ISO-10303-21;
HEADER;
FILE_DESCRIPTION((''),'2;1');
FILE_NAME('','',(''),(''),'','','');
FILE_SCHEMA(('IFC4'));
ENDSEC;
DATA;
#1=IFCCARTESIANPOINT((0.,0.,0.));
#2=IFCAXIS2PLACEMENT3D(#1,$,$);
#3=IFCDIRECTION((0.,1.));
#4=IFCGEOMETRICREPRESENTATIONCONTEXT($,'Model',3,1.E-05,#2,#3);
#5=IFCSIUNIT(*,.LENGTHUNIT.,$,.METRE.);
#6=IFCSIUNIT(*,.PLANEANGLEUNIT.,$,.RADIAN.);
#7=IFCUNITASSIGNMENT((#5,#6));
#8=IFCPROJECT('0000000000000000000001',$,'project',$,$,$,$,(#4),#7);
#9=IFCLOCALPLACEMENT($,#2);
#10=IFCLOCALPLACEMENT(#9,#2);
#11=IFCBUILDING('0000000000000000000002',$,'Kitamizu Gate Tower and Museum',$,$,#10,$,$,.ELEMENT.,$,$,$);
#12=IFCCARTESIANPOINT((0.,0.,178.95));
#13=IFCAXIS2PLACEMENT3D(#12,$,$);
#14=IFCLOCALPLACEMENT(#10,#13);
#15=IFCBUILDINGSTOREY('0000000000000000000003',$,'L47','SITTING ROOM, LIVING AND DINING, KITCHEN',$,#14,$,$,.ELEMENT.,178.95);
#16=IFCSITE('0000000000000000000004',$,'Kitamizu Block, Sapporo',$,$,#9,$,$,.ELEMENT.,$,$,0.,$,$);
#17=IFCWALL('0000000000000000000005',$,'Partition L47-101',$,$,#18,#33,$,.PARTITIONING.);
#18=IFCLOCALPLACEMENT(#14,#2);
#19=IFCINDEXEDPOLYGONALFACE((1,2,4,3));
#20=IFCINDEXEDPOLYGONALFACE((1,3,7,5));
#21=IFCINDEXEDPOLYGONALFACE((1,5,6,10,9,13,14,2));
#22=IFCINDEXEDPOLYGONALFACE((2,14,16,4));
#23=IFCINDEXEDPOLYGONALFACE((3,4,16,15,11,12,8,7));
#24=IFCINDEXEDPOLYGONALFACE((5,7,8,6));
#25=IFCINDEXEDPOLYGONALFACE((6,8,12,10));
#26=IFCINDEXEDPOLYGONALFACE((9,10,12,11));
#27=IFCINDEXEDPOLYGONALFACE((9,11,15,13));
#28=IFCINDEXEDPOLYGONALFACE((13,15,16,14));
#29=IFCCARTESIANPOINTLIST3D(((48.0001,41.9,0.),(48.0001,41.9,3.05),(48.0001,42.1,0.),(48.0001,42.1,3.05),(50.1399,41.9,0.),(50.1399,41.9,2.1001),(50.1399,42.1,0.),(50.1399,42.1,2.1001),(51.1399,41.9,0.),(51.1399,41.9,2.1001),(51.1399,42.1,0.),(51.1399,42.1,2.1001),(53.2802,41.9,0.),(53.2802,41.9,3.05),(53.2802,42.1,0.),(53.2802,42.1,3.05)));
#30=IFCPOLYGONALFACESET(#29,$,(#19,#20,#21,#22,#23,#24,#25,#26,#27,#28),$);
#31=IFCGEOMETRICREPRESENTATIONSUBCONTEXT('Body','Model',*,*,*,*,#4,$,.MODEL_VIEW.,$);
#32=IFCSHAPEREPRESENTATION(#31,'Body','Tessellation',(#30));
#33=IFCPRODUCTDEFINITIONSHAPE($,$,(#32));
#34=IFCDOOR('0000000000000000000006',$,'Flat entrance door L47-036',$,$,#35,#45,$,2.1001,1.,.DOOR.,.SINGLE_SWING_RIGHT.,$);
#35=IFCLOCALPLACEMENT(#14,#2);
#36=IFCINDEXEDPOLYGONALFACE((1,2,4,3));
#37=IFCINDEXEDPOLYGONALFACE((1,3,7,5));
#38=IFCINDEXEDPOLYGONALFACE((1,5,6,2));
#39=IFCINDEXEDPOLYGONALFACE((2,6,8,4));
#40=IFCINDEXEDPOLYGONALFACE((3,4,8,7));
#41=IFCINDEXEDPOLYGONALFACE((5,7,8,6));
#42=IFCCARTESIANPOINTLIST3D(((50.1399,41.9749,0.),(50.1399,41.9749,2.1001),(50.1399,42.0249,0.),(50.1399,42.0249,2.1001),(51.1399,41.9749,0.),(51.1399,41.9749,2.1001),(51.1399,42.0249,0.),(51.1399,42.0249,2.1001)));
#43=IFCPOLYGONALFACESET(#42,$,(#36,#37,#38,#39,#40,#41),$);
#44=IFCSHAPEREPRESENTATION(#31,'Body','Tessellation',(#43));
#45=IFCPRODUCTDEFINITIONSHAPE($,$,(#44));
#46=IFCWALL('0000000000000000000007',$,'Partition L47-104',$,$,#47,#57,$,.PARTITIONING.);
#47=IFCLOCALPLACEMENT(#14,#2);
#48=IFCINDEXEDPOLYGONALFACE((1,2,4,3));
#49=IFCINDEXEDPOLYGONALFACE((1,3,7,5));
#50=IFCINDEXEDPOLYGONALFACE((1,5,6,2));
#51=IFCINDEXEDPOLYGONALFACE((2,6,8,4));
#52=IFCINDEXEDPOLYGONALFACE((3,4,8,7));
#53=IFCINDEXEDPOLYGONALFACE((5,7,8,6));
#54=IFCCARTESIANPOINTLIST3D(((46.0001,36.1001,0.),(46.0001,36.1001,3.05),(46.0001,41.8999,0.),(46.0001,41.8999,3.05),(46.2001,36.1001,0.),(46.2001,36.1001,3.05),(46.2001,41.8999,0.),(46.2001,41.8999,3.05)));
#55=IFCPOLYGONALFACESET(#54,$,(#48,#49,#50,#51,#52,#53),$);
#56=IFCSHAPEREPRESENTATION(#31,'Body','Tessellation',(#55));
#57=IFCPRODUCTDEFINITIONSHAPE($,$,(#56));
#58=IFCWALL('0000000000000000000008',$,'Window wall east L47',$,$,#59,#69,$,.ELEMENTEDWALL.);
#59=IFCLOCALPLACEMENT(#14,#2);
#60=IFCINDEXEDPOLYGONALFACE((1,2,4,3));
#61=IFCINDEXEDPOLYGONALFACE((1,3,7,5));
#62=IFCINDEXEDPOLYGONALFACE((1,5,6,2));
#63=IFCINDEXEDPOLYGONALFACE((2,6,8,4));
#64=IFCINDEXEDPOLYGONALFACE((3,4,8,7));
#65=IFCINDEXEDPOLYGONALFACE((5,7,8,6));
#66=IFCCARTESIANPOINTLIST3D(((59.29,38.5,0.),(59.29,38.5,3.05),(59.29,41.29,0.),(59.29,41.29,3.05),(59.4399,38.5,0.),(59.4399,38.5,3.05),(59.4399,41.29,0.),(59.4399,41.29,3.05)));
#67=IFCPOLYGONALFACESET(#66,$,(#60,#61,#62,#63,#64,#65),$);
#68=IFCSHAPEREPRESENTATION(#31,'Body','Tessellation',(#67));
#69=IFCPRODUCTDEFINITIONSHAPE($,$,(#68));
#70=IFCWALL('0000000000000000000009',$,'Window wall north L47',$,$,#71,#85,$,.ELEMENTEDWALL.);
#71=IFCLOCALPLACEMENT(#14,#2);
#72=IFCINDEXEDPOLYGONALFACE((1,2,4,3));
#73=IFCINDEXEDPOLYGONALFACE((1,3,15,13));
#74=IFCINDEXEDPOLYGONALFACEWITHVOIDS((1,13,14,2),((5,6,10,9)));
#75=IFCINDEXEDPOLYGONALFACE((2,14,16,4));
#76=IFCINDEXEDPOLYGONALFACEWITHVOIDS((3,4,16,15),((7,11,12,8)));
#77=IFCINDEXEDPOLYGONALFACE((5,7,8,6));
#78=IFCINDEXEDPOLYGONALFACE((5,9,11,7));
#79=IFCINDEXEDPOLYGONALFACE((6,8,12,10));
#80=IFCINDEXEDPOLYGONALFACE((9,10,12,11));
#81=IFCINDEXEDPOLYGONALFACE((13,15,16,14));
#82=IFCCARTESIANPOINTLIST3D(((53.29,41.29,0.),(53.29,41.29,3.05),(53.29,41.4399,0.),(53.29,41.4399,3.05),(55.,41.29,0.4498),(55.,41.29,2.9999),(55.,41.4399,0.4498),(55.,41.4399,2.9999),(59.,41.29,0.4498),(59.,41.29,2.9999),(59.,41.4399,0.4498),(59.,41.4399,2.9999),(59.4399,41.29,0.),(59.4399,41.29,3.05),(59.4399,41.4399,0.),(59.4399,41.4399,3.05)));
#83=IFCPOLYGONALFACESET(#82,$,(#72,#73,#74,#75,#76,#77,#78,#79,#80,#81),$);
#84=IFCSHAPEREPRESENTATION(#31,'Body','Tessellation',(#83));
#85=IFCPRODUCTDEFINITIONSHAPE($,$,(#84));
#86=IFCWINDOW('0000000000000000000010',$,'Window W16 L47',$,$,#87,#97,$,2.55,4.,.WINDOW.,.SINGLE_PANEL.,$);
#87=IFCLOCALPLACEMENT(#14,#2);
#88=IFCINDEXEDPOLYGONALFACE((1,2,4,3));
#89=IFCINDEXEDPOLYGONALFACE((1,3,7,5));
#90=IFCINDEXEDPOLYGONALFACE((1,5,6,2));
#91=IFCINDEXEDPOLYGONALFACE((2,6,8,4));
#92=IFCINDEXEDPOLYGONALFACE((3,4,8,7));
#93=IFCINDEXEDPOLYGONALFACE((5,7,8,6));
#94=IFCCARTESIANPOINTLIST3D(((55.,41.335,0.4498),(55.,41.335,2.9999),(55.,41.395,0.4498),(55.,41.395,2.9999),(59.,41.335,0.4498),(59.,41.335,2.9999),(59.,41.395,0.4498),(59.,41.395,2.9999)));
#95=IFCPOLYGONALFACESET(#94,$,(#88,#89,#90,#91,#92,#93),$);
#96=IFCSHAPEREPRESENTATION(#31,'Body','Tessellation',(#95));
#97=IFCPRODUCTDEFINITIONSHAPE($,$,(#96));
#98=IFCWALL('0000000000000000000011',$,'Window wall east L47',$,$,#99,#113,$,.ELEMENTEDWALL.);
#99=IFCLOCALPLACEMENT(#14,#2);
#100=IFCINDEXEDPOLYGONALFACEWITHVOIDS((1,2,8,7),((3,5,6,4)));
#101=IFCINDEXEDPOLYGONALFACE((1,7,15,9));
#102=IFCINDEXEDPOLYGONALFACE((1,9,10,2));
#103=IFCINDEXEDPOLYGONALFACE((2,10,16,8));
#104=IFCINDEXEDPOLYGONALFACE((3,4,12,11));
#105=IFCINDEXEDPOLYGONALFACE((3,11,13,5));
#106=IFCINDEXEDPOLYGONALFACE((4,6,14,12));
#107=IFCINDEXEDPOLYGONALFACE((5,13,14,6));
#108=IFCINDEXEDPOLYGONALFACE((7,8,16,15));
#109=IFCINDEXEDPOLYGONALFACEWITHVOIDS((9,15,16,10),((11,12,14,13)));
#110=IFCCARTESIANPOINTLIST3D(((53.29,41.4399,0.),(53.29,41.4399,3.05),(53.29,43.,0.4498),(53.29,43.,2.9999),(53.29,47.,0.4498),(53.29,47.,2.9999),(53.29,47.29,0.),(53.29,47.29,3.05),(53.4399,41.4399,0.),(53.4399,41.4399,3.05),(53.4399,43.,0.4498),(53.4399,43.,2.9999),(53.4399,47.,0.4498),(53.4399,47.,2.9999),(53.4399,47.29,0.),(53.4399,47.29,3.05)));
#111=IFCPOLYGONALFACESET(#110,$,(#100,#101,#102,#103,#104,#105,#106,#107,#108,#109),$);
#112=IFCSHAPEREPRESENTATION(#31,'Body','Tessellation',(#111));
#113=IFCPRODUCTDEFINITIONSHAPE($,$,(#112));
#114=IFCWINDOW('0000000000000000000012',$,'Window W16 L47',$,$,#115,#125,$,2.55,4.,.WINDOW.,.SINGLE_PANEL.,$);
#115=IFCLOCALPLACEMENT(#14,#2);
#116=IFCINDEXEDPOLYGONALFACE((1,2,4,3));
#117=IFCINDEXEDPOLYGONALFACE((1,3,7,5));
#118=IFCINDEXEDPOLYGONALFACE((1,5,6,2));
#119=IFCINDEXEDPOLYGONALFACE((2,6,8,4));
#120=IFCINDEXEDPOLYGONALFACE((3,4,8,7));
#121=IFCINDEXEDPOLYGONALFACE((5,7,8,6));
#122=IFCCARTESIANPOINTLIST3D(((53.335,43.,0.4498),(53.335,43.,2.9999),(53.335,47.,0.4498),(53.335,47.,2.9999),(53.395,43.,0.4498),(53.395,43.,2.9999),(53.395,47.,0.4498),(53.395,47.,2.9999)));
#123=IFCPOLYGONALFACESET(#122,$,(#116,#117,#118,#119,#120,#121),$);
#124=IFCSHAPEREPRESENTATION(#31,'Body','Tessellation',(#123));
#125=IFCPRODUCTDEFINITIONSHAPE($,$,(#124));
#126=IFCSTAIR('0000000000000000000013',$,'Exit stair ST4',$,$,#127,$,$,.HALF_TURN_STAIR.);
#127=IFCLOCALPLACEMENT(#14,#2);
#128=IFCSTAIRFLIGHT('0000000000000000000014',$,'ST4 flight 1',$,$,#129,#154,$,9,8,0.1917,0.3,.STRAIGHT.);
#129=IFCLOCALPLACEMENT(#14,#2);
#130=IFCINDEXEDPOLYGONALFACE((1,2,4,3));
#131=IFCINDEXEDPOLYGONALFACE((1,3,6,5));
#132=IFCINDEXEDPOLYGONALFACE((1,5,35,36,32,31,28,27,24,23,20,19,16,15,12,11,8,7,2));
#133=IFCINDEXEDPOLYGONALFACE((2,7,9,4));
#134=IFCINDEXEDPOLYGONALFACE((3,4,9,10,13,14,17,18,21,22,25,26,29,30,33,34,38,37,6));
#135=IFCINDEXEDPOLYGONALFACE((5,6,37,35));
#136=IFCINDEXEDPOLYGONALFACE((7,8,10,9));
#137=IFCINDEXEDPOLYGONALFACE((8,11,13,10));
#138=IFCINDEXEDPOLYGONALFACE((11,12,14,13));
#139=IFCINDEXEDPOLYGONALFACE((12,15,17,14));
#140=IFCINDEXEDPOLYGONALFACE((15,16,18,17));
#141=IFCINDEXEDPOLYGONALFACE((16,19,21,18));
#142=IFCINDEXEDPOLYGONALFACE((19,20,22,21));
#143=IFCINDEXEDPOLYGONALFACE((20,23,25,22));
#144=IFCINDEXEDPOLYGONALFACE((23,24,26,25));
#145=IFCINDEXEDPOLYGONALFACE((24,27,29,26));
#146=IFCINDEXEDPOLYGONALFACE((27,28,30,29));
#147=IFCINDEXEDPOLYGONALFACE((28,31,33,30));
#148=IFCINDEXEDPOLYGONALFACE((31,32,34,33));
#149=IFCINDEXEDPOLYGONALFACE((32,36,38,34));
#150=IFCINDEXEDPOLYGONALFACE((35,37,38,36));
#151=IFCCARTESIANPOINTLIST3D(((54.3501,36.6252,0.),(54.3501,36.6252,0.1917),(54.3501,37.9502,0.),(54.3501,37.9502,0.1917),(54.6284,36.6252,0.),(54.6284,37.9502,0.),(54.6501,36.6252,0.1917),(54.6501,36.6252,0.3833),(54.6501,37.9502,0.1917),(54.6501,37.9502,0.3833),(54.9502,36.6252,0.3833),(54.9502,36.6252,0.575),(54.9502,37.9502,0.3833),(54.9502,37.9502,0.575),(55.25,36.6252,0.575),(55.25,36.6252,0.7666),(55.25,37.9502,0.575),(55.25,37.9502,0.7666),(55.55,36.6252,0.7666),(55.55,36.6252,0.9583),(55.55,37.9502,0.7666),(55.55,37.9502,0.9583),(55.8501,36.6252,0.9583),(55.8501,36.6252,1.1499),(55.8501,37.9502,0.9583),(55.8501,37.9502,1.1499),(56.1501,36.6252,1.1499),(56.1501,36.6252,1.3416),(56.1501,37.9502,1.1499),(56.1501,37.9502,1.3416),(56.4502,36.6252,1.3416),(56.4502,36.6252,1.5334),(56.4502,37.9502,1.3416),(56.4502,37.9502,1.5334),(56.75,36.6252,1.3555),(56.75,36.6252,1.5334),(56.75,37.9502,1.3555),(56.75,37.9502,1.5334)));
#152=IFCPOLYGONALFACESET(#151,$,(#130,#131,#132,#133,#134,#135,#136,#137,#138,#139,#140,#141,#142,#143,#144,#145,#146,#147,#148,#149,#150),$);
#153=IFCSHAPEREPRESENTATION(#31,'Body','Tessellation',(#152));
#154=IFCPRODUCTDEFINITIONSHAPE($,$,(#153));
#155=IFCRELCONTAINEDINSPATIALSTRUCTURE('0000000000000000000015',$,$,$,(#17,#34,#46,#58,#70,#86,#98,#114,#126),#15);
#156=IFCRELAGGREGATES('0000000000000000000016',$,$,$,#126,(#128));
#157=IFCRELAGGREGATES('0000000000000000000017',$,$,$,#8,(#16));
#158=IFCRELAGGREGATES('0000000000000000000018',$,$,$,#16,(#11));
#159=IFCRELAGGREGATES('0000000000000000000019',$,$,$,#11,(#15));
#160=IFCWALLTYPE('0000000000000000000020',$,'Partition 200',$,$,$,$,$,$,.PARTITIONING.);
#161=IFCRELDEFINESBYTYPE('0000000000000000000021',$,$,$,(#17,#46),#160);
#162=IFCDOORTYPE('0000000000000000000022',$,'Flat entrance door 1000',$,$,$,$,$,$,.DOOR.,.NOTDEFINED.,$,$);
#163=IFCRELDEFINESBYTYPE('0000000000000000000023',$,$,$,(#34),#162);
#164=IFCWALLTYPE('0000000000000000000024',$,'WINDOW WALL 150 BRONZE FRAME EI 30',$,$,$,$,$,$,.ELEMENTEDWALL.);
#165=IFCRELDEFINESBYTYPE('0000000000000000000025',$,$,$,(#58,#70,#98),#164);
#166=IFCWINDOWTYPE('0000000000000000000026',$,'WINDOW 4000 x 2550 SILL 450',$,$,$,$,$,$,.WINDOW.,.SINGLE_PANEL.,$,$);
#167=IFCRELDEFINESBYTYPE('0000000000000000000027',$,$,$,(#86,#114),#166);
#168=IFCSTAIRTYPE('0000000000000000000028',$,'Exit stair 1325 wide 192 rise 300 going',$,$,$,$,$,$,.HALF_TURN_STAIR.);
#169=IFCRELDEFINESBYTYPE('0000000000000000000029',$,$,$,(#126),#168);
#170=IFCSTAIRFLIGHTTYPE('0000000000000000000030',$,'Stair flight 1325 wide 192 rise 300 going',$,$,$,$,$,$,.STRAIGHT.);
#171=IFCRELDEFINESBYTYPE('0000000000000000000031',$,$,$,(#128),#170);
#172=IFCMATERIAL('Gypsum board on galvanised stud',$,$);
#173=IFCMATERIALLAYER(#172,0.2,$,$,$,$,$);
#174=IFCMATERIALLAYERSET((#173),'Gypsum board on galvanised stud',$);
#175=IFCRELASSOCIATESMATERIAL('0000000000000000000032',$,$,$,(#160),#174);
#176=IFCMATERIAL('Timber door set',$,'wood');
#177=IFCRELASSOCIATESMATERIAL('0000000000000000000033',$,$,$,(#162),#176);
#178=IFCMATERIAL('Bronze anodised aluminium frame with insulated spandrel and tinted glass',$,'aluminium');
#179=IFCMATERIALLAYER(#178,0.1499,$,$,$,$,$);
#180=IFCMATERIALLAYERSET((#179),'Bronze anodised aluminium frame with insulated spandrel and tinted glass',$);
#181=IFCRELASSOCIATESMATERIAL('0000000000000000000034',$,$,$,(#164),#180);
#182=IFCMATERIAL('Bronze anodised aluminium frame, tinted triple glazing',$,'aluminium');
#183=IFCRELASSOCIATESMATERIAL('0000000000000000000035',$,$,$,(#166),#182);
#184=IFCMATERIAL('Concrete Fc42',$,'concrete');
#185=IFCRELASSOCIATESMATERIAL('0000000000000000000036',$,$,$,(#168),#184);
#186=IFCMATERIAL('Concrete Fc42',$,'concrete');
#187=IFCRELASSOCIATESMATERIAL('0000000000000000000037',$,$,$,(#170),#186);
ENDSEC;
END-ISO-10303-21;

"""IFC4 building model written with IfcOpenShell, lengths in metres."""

from ifc_helpers import new_model, si_unit, direction, frame, frame_2d, origin, place, context, subcontext, project, spatial, polyline, rectangle, outline, extrude, material, layer, layer_set, type_object, element, fill, aggregate, save


model = new_model("IFC4")

# Units and contexts
model_context = context("Model", 3, precision=1e-05, world=origin(), true_north=direction((0.0, 1.0)))
body_context = subcontext(model_context, "Body", "Model", "MODEL_VIEW")
ifc_project = project(units=[si_unit("LENGTHUNIT", "METRE"), si_unit("PLANEANGLEUNIT", "RADIAN")], contexts=[model_context])

# Site, building, storey
site_placement = place(None, origin())
site = spatial("IfcSite", under=ifc_project, at=site_placement, Name="Kitamizu Block, Sapporo", CompositionType="ELEMENT", RefElevation=0.0)
building_placement = place(site_placement, origin())
building = spatial("IfcBuilding", under=site, at=building_placement, Name="Kitamizu Gate Tower and Museum", CompositionType="ELEMENT")
storey_placement = place(building_placement, frame((0.0, 0.0, 178.95)))
storey = spatial("IfcBuildingStorey", under=building, at=storey_placement, Name="L47", Description="SITTING ROOM, LIVING AND DINING, KITCHEN", CompositionType="ELEMENT", Elevation=178.95)

# Shared definitions
ifc_material_1 = material(Name="Gypsum board on galvanised stud")
ifc_layer_1 = layer(ifc_material_1, 0.2)
ifc_layer_set_1 = layer_set([ifc_layer_1], Name="Gypsum board on galvanised stud")
wall_type_1 = type_object("IfcWallType", Name="Partition 200", PredefinedType="PARTITIONING", material=ifc_layer_set_1)

# Wall, opening, door
wall_1_placement = place(storey_placement, frame((48.0, 42.0, 0.0), z_axis=(0.0, 0.0, 1.0), x_axis=(1.0, 0.0, 0.0)))
wall_1 = element("IfcWall", 1, at=wall_1_placement, inside=storey, type_object=wall_type_1, Name="Partition L47-101", PredefinedType="PARTITIONING", context=body_context, shape_type="SweptSolid", body=[
    extrude(rectangle(XDim=5.28, YDim=0.2, at=frame_2d((2.6401, 0.0))), origin(), (0.0, 0.0, 1.0), 3.05),
])
opening_1_placement = place(wall_1_placement, frame((2.1399, 0.0, 0.0)))
opening_1 = element("IfcOpeningElement", 2, at=opening_1_placement, cuts=wall_1, PredefinedType="OPENING", context=body_context, shape_type="SweptSolid", body=[
    extrude(rectangle(XDim=1.0, YDim=2.1001, at=frame_2d((0.5, 1.05))), frame((0.0, 0.1099, 0.0), z_axis=(0.0, -1.0, 0.0), x_axis=(1.0, 0.0, 0.0)), (0.0, 0.0, 1.0), 0.22),
])
ifc_material_2 = material(Name="Timber door set", Category="wood")
door_type_1 = type_object("IfcDoorType", Name="Flat entrance door 1000", OperationType="NOTDEFINED", PredefinedType="DOOR", material=ifc_material_2)
door_1_placement = place(opening_1_placement, origin())
door_1 = element("IfcDoor", 3, at=door_1_placement, inside=storey, type_object=door_type_1, Name="Flat entrance door L47-036", OperationType="SINGLE_SWING_RIGHT", OverallHeight=2.1001, OverallWidth=1.0, PredefinedType="DOOR", context=body_context, shape_type="SweptSolid", body=[
    extrude(rectangle(XDim=1.0, YDim=2.1001, at=frame_2d((0.5, 1.05))), frame((0.0, 0.0249, 0.0), z_axis=(0.0, -1.0, 0.0), x_axis=(1.0, 0.0, 0.0)), (0.0, 0.0, 1.0), 0.05),
])
fill(opening_1, door_1)

# Walls
wall_2_placement = place(storey_placement, frame((46.1001, 36.1001, 0.0), z_axis=(0.0, 0.0, 1.0), x_axis=(0.0, 1.0, 0.0)))
element("IfcWall", 4, at=wall_2_placement, inside=storey, type_object=wall_type_1, Name="Partition L47-104", PredefinedType="PARTITIONING", context=body_context, shape_type="SweptSolid", body=[
    extrude(rectangle(XDim=5.7998, YDim=0.2, at=frame_2d((2.8999, 0.0))), origin(), (0.0, 0.0, 1.0), 3.05),
])
ifc_material_3 = material(Name="Bronze anodised aluminium frame with insulated spandrel and tinted glass", Category="aluminium")
ifc_layer_2 = layer(ifc_material_3, 0.1499)
ifc_layer_set_2 = layer_set([ifc_layer_2], Name="Bronze anodised aluminium frame with insulated spandrel and tinted glass")
wall_type_2 = type_object("IfcWallType", Name="WINDOW WALL 150 BRONZE FRAME EI 30", PredefinedType="ELEMENTEDWALL", material=ifc_layer_set_2)
wall_3_placement = place(storey_placement, frame((59.365, 38.5, 0.0), z_axis=(0.0, 0.0, 1.0), x_axis=(0.0, 1.0, 0.0)))
element("IfcWall", 5, at=wall_3_placement, inside=storey, type_object=wall_type_2, Name="Window wall east L47", PredefinedType="ELEMENTEDWALL", context=body_context, shape_type="SweptSolid", body=[
    extrude(rectangle(XDim=2.79, YDim=0.1499, at=frame_2d((1.395, 0.0))), origin(), (0.0, 0.0, 1.0), 3.05),
])

# Walls, openings, windows
wall_4_placement = place(storey_placement, frame((53.29, 41.365, 0.0), z_axis=(0.0, 0.0, 1.0), x_axis=(1.0, 0.0, 0.0)))
wall_4 = element("IfcWall", 6, at=wall_4_placement, inside=storey, type_object=wall_type_2, Name="Window wall north L47", PredefinedType="ELEMENTEDWALL", context=body_context, shape_type="SweptSolid", body=[
    extrude(rectangle(XDim=6.1499, YDim=0.1499, at=frame_2d((3.075, 0.0))), origin(), (0.0, 0.0, 1.0), 3.05),
])
opening_2_placement = place(wall_4_placement, frame((1.71, 0.0, 0.45)))
opening_2 = element("IfcOpeningElement", 7, at=opening_2_placement, cuts=wall_4, PredefinedType="OPENING", context=body_context, shape_type="SweptSolid", body=[
    extrude(rectangle(XDim=4.0, YDim=2.55, at=frame_2d((2.0, 1.2749))), frame((0.0, 0.085, 0.0), z_axis=(0.0, -1.0, 0.0), x_axis=(1.0, 0.0, 0.0)), (0.0, 0.0, 1.0), 0.1699),
])
ifc_material_4 = material(Name="Bronze anodised aluminium frame, tinted triple glazing", Category="aluminium")
window_type = type_object("IfcWindowType", Name="WINDOW 4000 x 2550 SILL 450", PartitioningType="SINGLE_PANEL", PredefinedType="WINDOW", material=ifc_material_4)
window_1_placement = place(opening_2_placement, origin())
window_1 = element("IfcWindow", 8, at=window_1_placement, inside=storey, type_object=window_type, Name="Window W16 L47", OverallHeight=2.55, OverallWidth=4.0, PartitioningType="SINGLE_PANEL", PredefinedType="WINDOW", context=body_context, shape_type="SweptSolid", body=[
    extrude(rectangle(XDim=4.0, YDim=2.55, at=frame_2d((2.0, 1.2749))), frame((0.0, 0.03, 0.0), z_axis=(0.0, -1.0, 0.0), x_axis=(1.0, 0.0, 0.0)), (0.0, 0.0, 1.0), 0.0601),
])
fill(opening_2, window_1)
wall_5_placement = place(storey_placement, frame((53.365, 41.4399, 0.0), z_axis=(0.0, 0.0, 1.0), x_axis=(0.0, 1.0, 0.0)))
wall_5 = element("IfcWall", 9, at=wall_5_placement, inside=storey, type_object=wall_type_2, Name="Window wall east L47", PredefinedType="ELEMENTEDWALL", context=body_context, shape_type="SweptSolid", body=[
    extrude(rectangle(XDim=5.8501, YDim=0.1499, at=frame_2d((2.925, 0.0))), origin(), (0.0, 0.0, 1.0), 3.05),
])
opening_3_placement = place(wall_5_placement, frame((1.5601, 0.0, 0.45)))
opening_3 = element("IfcOpeningElement", 10, at=opening_3_placement, cuts=wall_5, PredefinedType="OPENING", context=body_context, shape_type="SweptSolid", body=[
    extrude(rectangle(XDim=4.0, YDim=2.55, at=frame_2d((2.0, 1.2749))), frame((0.0, 0.085, 0.0), z_axis=(0.0, -1.0, 0.0), x_axis=(1.0, 0.0, 0.0)), (0.0, 0.0, 1.0), 0.1699),
])
window_2_placement = place(opening_3_placement, origin())
window_2 = element("IfcWindow", 11, at=window_2_placement, inside=storey, type_object=window_type, Name="Window W16 L47", OverallHeight=2.55, OverallWidth=4.0, PartitioningType="SINGLE_PANEL", PredefinedType="WINDOW", context=body_context, shape_type="SweptSolid", body=[
    extrude(rectangle(XDim=4.0, YDim=2.55, at=frame_2d((2.0, 1.2749))), frame((0.0, 0.03, 0.0), z_axis=(0.0, -1.0, 0.0), x_axis=(1.0, 0.0, 0.0)), (0.0, 0.0, 1.0), 0.0601),
])
fill(opening_3, window_2)

# Stair, stair flight
ifc_material_5 = material(Name="Concrete Fc42", Category="concrete")
stair_type = type_object("IfcStairType", Name="Exit stair 1325 wide 192 rise 300 going", PredefinedType="HALF_TURN_STAIR", material=ifc_material_5)
stair_placement = place(storey_placement, origin())
stair = element("IfcStair", 12, at=stair_placement, inside=storey, type_object=stair_type, Name="Exit stair ST4", PredefinedType="HALF_TURN_STAIR")
ifc_material_6 = material(Name="Concrete Fc42", Category="concrete")
stair_flight_type = type_object("IfcStairFlightType", Name="Stair flight 1325 wide 192 rise 300 going", PredefinedType="STRAIGHT", material=ifc_material_6)
stair_flight_placement = place(storey_placement, frame((54.3501, 37.2876, 0.0), z_axis=(0.0, 0.0, 1.0), x_axis=(1.0, 0.0, 0.0)))
stair_flight = element("IfcStairFlight", 13, at=stair_flight_placement, type_object=stair_flight_type, Name="ST4 flight 1", NumberOfRisers=9, NumberOfTreads=8, PredefinedType="STRAIGHT", RiserHeight=0.1917, TreadLength=0.3, context=body_context, shape_type="SweptSolid", body=[
    extrude(outline(polyline([(0.0, 0.0), (0.0, 0.1917), (0.3, 0.1917), (0.3, 0.3833), (0.6001, 0.3833), (0.6001, 0.575), (0.8999, 0.575), (0.8999, 0.7666), (1.2, 0.7666), (1.2, 0.9583), (1.5, 0.9583), (1.5, 1.1499), (1.8, 1.1499), (1.8, 1.3416), (2.1001, 1.3416), (2.1001, 1.5334), (2.3999, 1.5334), (2.3999, 1.7251), (2.3999, 1.3555), (0.2783, 0.0), (0.0, 0.0)])), frame((0.0, 0.6626, 0.0), z_axis=(0.0, -1.0, 0.0), x_axis=(1.0, 0.0, 0.0)), (0.0, 0.0, 1.0), 1.325),
])
aggregate(stair, [stair_flight])

save(model, "model.ifc")
